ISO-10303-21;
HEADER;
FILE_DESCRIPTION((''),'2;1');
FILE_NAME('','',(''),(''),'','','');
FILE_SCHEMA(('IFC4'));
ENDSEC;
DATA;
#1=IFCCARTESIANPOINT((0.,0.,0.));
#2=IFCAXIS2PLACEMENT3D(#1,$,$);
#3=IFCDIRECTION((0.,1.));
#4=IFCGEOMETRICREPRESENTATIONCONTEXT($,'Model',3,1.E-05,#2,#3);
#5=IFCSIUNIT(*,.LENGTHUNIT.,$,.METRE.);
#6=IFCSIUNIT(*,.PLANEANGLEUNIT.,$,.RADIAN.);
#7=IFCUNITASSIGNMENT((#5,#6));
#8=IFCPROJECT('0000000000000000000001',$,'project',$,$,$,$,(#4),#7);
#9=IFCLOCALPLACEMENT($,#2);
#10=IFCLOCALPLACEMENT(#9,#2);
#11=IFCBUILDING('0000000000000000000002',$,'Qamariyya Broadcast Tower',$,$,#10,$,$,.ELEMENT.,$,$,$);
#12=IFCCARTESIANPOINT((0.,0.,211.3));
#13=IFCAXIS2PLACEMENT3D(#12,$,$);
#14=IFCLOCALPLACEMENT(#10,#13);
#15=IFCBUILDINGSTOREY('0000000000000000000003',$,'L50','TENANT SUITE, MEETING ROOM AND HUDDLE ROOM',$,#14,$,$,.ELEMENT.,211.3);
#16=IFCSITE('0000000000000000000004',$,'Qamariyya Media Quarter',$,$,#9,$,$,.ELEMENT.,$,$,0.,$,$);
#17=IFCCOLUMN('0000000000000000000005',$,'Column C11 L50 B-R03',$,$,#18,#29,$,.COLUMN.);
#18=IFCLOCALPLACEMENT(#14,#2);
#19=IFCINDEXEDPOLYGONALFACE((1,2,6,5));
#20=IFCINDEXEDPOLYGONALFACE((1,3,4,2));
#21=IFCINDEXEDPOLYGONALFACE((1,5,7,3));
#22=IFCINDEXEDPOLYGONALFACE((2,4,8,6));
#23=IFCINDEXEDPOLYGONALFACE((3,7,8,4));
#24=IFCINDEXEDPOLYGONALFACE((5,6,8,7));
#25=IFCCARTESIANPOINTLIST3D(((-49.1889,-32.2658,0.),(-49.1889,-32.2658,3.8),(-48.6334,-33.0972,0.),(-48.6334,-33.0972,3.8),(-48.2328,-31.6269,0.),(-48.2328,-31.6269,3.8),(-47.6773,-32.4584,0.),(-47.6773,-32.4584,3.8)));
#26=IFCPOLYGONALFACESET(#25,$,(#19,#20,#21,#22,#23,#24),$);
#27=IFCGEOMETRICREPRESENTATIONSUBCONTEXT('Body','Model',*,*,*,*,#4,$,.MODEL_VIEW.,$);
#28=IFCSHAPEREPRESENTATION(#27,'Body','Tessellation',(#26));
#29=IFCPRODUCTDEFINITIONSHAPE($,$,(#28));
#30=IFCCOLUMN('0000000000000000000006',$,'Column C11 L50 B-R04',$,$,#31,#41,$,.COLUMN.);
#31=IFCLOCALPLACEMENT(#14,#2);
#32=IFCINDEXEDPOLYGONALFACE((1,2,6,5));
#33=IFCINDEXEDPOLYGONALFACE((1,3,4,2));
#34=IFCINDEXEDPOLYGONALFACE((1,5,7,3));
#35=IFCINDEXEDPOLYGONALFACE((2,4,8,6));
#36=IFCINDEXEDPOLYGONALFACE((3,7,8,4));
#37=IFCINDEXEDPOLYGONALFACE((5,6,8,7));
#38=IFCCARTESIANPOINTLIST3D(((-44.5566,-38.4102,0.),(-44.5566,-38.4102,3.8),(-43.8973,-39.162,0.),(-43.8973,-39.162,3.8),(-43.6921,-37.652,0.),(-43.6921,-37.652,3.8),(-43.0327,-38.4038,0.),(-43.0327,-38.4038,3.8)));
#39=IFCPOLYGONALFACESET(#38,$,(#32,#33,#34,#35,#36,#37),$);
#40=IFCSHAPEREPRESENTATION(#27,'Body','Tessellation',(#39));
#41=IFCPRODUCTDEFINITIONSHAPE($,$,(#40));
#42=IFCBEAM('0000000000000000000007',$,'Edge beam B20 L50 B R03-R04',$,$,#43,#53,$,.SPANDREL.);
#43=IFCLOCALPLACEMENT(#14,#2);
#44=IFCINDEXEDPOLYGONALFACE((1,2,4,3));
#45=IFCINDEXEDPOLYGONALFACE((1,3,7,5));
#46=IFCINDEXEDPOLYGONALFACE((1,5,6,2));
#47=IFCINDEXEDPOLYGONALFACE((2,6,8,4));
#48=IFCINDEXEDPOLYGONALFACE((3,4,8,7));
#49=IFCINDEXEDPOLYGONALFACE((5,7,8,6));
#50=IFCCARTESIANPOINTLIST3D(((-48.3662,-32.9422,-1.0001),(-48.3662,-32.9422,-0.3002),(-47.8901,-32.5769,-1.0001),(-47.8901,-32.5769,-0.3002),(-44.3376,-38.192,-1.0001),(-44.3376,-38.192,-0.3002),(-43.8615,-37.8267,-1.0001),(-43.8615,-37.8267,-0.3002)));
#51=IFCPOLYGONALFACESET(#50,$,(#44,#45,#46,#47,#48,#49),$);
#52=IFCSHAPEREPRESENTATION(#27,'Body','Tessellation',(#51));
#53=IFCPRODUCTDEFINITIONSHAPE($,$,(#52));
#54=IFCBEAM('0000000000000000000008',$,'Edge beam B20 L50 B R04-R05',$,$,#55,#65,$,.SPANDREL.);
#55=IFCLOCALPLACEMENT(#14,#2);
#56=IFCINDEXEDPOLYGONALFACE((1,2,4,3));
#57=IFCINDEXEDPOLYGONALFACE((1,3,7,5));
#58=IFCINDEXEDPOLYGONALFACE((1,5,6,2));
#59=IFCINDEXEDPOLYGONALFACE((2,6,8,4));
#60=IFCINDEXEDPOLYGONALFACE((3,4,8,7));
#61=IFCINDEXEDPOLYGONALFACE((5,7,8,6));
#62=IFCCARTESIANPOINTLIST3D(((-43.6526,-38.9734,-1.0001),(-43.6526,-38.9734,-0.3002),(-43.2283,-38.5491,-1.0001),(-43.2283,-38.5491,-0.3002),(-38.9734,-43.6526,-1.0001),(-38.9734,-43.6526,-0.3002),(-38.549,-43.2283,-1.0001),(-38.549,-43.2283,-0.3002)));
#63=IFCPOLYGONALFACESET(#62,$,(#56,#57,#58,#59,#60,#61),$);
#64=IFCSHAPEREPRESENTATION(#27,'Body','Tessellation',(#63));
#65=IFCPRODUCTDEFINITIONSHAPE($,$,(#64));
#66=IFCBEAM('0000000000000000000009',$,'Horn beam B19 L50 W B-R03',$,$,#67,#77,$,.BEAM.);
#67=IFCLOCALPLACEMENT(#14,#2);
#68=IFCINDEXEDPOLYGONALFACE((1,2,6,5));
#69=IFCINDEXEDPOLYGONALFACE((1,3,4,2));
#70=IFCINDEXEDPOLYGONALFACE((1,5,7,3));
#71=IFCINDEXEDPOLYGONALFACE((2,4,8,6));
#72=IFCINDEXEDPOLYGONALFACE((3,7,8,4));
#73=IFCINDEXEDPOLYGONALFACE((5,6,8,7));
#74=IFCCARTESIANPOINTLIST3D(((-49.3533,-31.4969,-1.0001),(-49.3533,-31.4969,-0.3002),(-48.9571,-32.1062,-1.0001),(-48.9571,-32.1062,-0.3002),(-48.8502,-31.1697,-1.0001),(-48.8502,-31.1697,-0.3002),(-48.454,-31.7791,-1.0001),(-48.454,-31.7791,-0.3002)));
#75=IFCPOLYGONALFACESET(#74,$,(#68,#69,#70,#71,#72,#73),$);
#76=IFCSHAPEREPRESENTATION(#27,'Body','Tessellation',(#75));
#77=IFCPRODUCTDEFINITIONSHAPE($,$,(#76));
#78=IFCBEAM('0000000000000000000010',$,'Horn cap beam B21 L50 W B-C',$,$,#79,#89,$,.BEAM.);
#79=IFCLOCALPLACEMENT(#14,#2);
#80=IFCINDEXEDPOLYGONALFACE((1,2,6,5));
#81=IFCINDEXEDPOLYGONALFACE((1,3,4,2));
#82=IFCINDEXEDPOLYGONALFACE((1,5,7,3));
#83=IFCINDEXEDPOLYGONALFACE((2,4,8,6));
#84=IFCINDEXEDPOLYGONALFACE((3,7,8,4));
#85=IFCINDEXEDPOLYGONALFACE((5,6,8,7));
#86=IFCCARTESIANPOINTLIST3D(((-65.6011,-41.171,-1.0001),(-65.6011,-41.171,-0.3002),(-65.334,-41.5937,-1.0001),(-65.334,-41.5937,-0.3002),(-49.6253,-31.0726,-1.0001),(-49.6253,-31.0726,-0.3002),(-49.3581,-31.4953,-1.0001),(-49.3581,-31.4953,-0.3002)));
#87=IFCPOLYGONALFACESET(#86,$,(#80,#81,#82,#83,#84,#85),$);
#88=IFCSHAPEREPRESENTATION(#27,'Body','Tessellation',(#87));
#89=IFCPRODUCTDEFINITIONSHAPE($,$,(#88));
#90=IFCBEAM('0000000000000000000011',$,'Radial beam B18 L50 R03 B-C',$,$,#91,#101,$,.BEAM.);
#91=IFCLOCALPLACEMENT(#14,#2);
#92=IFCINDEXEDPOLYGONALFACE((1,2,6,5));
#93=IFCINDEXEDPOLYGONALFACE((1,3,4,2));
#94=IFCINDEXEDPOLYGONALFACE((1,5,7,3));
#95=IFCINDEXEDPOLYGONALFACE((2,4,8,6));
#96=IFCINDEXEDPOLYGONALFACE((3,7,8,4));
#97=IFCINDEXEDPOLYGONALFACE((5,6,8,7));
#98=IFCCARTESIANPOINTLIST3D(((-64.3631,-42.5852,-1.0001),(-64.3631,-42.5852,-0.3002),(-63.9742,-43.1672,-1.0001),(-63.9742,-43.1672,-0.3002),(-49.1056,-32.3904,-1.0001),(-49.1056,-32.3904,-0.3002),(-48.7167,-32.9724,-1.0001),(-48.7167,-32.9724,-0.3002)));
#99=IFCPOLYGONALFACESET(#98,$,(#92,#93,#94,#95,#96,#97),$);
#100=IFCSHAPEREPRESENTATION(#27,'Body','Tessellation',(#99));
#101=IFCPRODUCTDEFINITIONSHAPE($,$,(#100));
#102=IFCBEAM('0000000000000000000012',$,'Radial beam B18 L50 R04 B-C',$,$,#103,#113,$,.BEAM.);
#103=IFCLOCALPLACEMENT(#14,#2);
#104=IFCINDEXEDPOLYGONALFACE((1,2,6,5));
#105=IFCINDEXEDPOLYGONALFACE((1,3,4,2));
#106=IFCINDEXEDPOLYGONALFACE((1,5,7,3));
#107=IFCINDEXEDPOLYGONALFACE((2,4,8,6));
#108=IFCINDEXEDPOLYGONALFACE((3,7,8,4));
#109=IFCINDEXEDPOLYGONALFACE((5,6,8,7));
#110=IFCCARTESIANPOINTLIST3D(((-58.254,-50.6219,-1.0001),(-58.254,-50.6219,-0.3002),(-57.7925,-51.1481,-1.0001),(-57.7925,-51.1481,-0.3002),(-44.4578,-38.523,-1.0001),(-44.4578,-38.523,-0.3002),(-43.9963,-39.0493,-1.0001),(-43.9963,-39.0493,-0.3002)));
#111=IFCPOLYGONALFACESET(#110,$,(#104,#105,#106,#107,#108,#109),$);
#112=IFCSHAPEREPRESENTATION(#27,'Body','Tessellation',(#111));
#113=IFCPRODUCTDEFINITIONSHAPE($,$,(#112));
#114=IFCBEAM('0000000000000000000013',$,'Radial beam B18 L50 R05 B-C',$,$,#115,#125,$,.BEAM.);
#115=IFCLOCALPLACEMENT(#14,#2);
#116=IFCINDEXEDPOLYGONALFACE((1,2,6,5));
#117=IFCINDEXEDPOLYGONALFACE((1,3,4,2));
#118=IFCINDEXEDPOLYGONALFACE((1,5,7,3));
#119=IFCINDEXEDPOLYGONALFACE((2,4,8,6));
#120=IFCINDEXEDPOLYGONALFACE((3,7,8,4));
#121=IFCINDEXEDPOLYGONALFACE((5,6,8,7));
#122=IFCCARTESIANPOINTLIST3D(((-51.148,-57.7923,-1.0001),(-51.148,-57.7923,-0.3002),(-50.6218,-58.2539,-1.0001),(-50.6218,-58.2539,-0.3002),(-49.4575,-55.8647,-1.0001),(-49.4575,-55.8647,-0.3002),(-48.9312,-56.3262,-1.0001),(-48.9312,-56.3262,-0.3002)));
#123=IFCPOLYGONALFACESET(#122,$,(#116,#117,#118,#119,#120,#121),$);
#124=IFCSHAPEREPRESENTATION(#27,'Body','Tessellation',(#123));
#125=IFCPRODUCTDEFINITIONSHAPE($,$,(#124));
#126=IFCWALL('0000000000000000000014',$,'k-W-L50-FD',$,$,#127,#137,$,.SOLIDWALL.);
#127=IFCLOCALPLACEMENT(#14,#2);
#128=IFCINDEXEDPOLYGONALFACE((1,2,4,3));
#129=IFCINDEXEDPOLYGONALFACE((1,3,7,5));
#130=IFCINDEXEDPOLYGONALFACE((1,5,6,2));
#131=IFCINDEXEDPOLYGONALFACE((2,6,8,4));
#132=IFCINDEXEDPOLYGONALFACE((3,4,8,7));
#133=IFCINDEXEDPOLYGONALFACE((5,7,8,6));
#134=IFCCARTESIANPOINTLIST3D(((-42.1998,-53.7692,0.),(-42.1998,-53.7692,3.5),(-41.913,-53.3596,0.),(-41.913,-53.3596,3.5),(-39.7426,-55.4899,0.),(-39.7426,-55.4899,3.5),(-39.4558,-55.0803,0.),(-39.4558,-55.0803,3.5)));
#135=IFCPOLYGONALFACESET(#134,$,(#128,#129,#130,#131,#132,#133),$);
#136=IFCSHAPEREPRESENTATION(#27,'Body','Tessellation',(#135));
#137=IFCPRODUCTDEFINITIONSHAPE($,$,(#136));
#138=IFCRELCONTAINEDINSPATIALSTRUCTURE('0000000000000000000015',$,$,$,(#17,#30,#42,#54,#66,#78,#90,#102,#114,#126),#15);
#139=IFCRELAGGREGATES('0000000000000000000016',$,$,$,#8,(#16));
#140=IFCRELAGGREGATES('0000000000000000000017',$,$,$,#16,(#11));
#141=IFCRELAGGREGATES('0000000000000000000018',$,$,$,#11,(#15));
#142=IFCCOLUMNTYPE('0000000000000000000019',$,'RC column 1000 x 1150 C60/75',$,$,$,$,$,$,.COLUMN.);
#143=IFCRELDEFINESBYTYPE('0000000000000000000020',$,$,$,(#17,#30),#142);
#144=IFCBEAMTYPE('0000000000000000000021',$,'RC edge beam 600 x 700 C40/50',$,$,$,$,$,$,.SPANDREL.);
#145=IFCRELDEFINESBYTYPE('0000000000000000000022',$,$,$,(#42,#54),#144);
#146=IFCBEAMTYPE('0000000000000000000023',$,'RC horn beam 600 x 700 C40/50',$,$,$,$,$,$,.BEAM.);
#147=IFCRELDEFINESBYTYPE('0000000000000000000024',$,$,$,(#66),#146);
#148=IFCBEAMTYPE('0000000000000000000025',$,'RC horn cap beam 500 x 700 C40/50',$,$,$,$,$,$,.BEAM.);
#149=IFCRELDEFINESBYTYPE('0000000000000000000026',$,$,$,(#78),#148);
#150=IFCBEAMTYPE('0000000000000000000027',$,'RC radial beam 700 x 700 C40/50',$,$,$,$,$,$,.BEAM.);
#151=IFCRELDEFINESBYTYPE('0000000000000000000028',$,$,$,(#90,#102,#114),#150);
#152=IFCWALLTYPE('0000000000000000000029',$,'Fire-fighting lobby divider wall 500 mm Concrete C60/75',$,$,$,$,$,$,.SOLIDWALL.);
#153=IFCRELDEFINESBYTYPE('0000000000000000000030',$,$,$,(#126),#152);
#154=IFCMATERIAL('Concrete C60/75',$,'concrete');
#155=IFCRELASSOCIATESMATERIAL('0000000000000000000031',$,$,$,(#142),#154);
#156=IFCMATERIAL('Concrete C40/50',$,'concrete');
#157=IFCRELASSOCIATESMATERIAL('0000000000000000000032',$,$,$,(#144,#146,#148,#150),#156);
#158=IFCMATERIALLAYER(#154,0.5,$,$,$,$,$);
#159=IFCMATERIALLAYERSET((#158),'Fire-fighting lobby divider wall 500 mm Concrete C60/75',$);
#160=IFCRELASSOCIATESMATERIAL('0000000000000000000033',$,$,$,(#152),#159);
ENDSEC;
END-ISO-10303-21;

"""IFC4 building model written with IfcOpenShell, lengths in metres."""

from ifc_helpers import new_model, si_unit, direction, frame, frame_2d, origin, origin_2d, place, context, subcontext, project, spatial, rectangle, extrude, material, layer, layer_set, material_profile, profile_set, type_object, element, save


model = new_model("IFC4")

# Units and contexts
model_context = context("Model", 3, precision=1e-05, world=origin(), true_north=direction((0.0, 1.0)))
body_context = subcontext(model_context, "Body", "Model", "MODEL_VIEW")
ifc_project = project(units=[si_unit("LENGTHUNIT", "METRE"), si_unit("PLANEANGLEUNIT", "RADIAN")], contexts=[model_context])

# Site, building, storey
site_placement = place(None, origin())
site = spatial("IfcSite", under=ifc_project, at=site_placement, Name="Qamariyya Media Quarter", CompositionType="ELEMENT", RefElevation=0.0)
building_placement = place(site_placement, origin())
building = spatial("IfcBuilding", under=site, at=building_placement, Name="Qamariyya Broadcast Tower", CompositionType="ELEMENT")
storey_placement = place(building_placement, frame((0.0, 0.0, 211.3)))
storey = spatial("IfcBuildingStorey", under=building, at=storey_placement, Name="L50", Description="TENANT SUITE, MEETING ROOM AND HUDDLE ROOM", CompositionType="ELEMENT", Elevation=211.3)

# Columns
ifc_material_1 = material(Name="Concrete C60/75", Category="concrete")
ifc_material_profile_1 = material_profile(ifc_material_1, rectangle(XDim=1.0, YDim=1.1499, at=origin_2d()))
ifc_profile_set_1 = profile_set([ifc_material_profile_1], Name="Concrete C60/75")
column_type = type_object("IfcColumnType", Name="RC column 1000 x 1150 C60/75", PredefinedType="COLUMN", material=ifc_profile_set_1)
for number, where, z_axis, x_axis, name in (
    (1, (-48.4331, -32.3621, 0.0), (0.0, 0.0, 1.0), (0.55557, -0.83147, 0.0), "Column C11 L50 B-R03"),
    (2, (-43.7947, -38.407, 0.0), (0.0, 0.0, 1.0), (0.659346, -0.75184, 0.0), "Column C11 L50 B-R04"),
):
    element("IfcColumn", number, at=place(storey_placement, frame(where, z_axis=z_axis, x_axis=x_axis)), inside=storey, type_object=column_type, Name=name, PredefinedType="COLUMN", context=body_context, shape_type="SweptSolid", body=[
        extrude(rectangle(XDim=1.0, YDim=1.1499, at=origin_2d()), origin(), (0.0, 0.0, 1.0), 3.8),
    ])

# Beams
ifc_material_2 = material(Name="Concrete C40/50", Category="concrete")
ifc_material_profile_2 = material_profile(ifc_material_2, rectangle(XDim=0.6001, YDim=0.7, at=origin_2d()))
ifc_profile_set_2 = profile_set([ifc_material_profile_2], Name="Concrete C40/50")
beam_type_1 = type_object("IfcBeamType", Name="RC edge beam 600 x 700 C40/50", PredefinedType="SPANDREL", material=ifc_profile_set_2)
for number, where, z_axis, x_axis, name in (
    (3, (-48.1282, -32.7595, -0.6501), (0.608789, -0.793333, 0.0), (0.793333, 0.608789, 0.0), "Edge beam B20 L50 B R03-R04"),
    (4, (-43.4404, -38.7612, -0.6501), (0.707107, -0.707107, 0.0), (0.707107, 0.707107, 0.0), "Edge beam B20 L50 B R04-R05"),
):
    element("IfcBeam", number, at=place(storey_placement, frame(where, z_axis=z_axis, x_axis=x_axis)), inside=storey, type_object=beam_type_1, Name=name, PredefinedType="SPANDREL", context=body_context, shape_type="SweptSolid", body=[
        extrude(rectangle(XDim=0.6001, YDim=0.7, at=origin_2d()), origin(), (0.0, 0.0, 1.0), 6.6174),
    ])
ifc_material_profile_3 = material_profile(ifc_material_2, rectangle(XDim=0.6001, YDim=0.7, at=origin_2d()))
ifc_profile_set_3 = profile_set([ifc_material_profile_3], Name="Concrete C40/50")
beam_type_2 = type_object("IfcBeamType", Name="RC horn beam 600 x 700 C40/50", PredefinedType="BEAM", material=ifc_profile_set_3)
beam_1_placement = place(storey_placement, frame((-48.7056, -31.9426, -0.6501), z_axis=(-0.54513, 0.838352, 0.0), x_axis=(-0.838352, -0.54513, 0.0)))
element("IfcBeam", 5, at=beam_1_placement, inside=storey, type_object=beam_type_2, Name="Horn beam B19 L50 W B-R03", PredefinedType="BEAM", context=body_context, shape_type="SweptSolid", body=[
    extrude(rectangle(XDim=0.6001, YDim=0.7, at=origin_2d()), origin(), (0.0, 0.0, 1.0), 0.7268),
])
ifc_material_profile_4 = material_profile(ifc_material_2, rectangle(XDim=0.5, YDim=0.7, at=origin_2d()))
ifc_profile_set_4 = profile_set([ifc_material_profile_4], Name="Concrete C40/50")
beam_type_3 = type_object("IfcBeamType", Name="RC horn cap beam 500 x 700 C40/50", PredefinedType="BEAM", material=ifc_profile_set_4)
beam_2_placement = place(storey_placement, frame((-49.4917, -31.2839, -0.6501), z_axis=(-0.845288, -0.53431, 0.0), x_axis=(0.53431, -0.845288, 0.0)))
element("IfcBeam", 6, at=beam_2_placement, inside=storey, type_object=beam_type_3, Name="Horn cap beam B21 L50 W B-C", PredefinedType="BEAM", context=body_context, shape_type="SweptSolid", body=[
    extrude(rectangle(XDim=0.5, YDim=0.7, at=origin_2d()), origin(), (0.0, 0.0, 1.0), 18.8999),
])
ifc_material_profile_5 = material_profile(ifc_material_2, rectangle(XDim=0.7, YDim=0.7, at=origin_2d()))
ifc_profile_set_5 = profile_set([ifc_material_profile_5], Name="Concrete C40/50")
beam_type_4 = type_object("IfcBeamType", Name="RC radial beam 700 x 700 C40/50", PredefinedType="BEAM", material=ifc_profile_set_5)
beam_3_placement = place(storey_placement, frame((-48.9111, -32.6814, -0.6501), z_axis=(-0.831469, -0.555572, 0.0), x_axis=(0.555572, -0.831469, 0.0)))
element("IfcBeam", 7, at=beam_3_placement, inside=storey, type_object=beam_type_4, Name="Radial beam B18 L50 R03 B-C", PredefinedType="BEAM", context=body_context, shape_type="SweptSolid", body=[
    extrude(rectangle(XDim=0.7, YDim=0.7, at=origin_2d()), origin(), (0.0, 0.0, 1.0), 18.3501),
])
beam_4_placement = place(storey_placement, frame((-44.2271, -38.7861, -0.6501), z_axis=(-0.75184, -0.659345, 0.0), x_axis=(0.659345, -0.75184, 0.0)))
element("IfcBeam", 8, at=beam_4_placement, inside=storey, type_object=beam_type_4, Name="Radial beam B18 L50 R04 B-C", PredefinedType="BEAM", context=body_context, shape_type="SweptSolid", body=[
    extrude(rectangle(XDim=0.7, YDim=0.7, at=origin_2d()), origin(), (0.0, 0.0, 1.0), 18.3499),
])
beam_5_placement = place(storey_placement, frame((-49.1943, -56.0955, -0.6501), z_axis=(-0.659367, -0.751821, 0.0), x_axis=(0.751821, -0.659367, 0.0)))
element("IfcBeam", 9, at=beam_5_placement, inside=storey, type_object=beam_type_4, Name="Radial beam B18 L50 R05 B-C", PredefinedType="BEAM", context=body_context, shape_type="SweptSolid", body=[
    extrude(rectangle(XDim=0.7, YDim=0.7, at=origin_2d()), origin(), (0.0, 0.0, 1.0), 2.564),
])

# Wall
ifc_layer_1 = layer(ifc_material_1, 0.5)
ifc_layer_set_1 = layer_set([ifc_layer_1], Name="Fire-fighting lobby divider wall 500 mm Concrete C60/75")
wall_type_1 = type_object("IfcWallType", Name="Fire-fighting lobby divider wall 500 mm Concrete C60/75", PredefinedType="SOLIDWALL", material=ifc_layer_set_1)
wall_1_placement = place(storey_placement, frame((-39.5991, -55.2852, 0.0), z_axis=(0.0, 0.0, 1.0), x_axis=(-0.819136, 0.573599, 0.0)))
element("IfcWall", 10, at=wall_1_placement, inside=storey, type_object=wall_type_1, Name="k-W-L50-FD", PredefinedType="SOLIDWALL", context=body_context, shape_type="SweptSolid", body=[
    extrude(rectangle(XDim=2.9998, YDim=0.5, at=frame_2d((1.5, 0.0))), origin(), (0.0, 0.0, 1.0), 3.5),
])

save(model, "model.ifc")
